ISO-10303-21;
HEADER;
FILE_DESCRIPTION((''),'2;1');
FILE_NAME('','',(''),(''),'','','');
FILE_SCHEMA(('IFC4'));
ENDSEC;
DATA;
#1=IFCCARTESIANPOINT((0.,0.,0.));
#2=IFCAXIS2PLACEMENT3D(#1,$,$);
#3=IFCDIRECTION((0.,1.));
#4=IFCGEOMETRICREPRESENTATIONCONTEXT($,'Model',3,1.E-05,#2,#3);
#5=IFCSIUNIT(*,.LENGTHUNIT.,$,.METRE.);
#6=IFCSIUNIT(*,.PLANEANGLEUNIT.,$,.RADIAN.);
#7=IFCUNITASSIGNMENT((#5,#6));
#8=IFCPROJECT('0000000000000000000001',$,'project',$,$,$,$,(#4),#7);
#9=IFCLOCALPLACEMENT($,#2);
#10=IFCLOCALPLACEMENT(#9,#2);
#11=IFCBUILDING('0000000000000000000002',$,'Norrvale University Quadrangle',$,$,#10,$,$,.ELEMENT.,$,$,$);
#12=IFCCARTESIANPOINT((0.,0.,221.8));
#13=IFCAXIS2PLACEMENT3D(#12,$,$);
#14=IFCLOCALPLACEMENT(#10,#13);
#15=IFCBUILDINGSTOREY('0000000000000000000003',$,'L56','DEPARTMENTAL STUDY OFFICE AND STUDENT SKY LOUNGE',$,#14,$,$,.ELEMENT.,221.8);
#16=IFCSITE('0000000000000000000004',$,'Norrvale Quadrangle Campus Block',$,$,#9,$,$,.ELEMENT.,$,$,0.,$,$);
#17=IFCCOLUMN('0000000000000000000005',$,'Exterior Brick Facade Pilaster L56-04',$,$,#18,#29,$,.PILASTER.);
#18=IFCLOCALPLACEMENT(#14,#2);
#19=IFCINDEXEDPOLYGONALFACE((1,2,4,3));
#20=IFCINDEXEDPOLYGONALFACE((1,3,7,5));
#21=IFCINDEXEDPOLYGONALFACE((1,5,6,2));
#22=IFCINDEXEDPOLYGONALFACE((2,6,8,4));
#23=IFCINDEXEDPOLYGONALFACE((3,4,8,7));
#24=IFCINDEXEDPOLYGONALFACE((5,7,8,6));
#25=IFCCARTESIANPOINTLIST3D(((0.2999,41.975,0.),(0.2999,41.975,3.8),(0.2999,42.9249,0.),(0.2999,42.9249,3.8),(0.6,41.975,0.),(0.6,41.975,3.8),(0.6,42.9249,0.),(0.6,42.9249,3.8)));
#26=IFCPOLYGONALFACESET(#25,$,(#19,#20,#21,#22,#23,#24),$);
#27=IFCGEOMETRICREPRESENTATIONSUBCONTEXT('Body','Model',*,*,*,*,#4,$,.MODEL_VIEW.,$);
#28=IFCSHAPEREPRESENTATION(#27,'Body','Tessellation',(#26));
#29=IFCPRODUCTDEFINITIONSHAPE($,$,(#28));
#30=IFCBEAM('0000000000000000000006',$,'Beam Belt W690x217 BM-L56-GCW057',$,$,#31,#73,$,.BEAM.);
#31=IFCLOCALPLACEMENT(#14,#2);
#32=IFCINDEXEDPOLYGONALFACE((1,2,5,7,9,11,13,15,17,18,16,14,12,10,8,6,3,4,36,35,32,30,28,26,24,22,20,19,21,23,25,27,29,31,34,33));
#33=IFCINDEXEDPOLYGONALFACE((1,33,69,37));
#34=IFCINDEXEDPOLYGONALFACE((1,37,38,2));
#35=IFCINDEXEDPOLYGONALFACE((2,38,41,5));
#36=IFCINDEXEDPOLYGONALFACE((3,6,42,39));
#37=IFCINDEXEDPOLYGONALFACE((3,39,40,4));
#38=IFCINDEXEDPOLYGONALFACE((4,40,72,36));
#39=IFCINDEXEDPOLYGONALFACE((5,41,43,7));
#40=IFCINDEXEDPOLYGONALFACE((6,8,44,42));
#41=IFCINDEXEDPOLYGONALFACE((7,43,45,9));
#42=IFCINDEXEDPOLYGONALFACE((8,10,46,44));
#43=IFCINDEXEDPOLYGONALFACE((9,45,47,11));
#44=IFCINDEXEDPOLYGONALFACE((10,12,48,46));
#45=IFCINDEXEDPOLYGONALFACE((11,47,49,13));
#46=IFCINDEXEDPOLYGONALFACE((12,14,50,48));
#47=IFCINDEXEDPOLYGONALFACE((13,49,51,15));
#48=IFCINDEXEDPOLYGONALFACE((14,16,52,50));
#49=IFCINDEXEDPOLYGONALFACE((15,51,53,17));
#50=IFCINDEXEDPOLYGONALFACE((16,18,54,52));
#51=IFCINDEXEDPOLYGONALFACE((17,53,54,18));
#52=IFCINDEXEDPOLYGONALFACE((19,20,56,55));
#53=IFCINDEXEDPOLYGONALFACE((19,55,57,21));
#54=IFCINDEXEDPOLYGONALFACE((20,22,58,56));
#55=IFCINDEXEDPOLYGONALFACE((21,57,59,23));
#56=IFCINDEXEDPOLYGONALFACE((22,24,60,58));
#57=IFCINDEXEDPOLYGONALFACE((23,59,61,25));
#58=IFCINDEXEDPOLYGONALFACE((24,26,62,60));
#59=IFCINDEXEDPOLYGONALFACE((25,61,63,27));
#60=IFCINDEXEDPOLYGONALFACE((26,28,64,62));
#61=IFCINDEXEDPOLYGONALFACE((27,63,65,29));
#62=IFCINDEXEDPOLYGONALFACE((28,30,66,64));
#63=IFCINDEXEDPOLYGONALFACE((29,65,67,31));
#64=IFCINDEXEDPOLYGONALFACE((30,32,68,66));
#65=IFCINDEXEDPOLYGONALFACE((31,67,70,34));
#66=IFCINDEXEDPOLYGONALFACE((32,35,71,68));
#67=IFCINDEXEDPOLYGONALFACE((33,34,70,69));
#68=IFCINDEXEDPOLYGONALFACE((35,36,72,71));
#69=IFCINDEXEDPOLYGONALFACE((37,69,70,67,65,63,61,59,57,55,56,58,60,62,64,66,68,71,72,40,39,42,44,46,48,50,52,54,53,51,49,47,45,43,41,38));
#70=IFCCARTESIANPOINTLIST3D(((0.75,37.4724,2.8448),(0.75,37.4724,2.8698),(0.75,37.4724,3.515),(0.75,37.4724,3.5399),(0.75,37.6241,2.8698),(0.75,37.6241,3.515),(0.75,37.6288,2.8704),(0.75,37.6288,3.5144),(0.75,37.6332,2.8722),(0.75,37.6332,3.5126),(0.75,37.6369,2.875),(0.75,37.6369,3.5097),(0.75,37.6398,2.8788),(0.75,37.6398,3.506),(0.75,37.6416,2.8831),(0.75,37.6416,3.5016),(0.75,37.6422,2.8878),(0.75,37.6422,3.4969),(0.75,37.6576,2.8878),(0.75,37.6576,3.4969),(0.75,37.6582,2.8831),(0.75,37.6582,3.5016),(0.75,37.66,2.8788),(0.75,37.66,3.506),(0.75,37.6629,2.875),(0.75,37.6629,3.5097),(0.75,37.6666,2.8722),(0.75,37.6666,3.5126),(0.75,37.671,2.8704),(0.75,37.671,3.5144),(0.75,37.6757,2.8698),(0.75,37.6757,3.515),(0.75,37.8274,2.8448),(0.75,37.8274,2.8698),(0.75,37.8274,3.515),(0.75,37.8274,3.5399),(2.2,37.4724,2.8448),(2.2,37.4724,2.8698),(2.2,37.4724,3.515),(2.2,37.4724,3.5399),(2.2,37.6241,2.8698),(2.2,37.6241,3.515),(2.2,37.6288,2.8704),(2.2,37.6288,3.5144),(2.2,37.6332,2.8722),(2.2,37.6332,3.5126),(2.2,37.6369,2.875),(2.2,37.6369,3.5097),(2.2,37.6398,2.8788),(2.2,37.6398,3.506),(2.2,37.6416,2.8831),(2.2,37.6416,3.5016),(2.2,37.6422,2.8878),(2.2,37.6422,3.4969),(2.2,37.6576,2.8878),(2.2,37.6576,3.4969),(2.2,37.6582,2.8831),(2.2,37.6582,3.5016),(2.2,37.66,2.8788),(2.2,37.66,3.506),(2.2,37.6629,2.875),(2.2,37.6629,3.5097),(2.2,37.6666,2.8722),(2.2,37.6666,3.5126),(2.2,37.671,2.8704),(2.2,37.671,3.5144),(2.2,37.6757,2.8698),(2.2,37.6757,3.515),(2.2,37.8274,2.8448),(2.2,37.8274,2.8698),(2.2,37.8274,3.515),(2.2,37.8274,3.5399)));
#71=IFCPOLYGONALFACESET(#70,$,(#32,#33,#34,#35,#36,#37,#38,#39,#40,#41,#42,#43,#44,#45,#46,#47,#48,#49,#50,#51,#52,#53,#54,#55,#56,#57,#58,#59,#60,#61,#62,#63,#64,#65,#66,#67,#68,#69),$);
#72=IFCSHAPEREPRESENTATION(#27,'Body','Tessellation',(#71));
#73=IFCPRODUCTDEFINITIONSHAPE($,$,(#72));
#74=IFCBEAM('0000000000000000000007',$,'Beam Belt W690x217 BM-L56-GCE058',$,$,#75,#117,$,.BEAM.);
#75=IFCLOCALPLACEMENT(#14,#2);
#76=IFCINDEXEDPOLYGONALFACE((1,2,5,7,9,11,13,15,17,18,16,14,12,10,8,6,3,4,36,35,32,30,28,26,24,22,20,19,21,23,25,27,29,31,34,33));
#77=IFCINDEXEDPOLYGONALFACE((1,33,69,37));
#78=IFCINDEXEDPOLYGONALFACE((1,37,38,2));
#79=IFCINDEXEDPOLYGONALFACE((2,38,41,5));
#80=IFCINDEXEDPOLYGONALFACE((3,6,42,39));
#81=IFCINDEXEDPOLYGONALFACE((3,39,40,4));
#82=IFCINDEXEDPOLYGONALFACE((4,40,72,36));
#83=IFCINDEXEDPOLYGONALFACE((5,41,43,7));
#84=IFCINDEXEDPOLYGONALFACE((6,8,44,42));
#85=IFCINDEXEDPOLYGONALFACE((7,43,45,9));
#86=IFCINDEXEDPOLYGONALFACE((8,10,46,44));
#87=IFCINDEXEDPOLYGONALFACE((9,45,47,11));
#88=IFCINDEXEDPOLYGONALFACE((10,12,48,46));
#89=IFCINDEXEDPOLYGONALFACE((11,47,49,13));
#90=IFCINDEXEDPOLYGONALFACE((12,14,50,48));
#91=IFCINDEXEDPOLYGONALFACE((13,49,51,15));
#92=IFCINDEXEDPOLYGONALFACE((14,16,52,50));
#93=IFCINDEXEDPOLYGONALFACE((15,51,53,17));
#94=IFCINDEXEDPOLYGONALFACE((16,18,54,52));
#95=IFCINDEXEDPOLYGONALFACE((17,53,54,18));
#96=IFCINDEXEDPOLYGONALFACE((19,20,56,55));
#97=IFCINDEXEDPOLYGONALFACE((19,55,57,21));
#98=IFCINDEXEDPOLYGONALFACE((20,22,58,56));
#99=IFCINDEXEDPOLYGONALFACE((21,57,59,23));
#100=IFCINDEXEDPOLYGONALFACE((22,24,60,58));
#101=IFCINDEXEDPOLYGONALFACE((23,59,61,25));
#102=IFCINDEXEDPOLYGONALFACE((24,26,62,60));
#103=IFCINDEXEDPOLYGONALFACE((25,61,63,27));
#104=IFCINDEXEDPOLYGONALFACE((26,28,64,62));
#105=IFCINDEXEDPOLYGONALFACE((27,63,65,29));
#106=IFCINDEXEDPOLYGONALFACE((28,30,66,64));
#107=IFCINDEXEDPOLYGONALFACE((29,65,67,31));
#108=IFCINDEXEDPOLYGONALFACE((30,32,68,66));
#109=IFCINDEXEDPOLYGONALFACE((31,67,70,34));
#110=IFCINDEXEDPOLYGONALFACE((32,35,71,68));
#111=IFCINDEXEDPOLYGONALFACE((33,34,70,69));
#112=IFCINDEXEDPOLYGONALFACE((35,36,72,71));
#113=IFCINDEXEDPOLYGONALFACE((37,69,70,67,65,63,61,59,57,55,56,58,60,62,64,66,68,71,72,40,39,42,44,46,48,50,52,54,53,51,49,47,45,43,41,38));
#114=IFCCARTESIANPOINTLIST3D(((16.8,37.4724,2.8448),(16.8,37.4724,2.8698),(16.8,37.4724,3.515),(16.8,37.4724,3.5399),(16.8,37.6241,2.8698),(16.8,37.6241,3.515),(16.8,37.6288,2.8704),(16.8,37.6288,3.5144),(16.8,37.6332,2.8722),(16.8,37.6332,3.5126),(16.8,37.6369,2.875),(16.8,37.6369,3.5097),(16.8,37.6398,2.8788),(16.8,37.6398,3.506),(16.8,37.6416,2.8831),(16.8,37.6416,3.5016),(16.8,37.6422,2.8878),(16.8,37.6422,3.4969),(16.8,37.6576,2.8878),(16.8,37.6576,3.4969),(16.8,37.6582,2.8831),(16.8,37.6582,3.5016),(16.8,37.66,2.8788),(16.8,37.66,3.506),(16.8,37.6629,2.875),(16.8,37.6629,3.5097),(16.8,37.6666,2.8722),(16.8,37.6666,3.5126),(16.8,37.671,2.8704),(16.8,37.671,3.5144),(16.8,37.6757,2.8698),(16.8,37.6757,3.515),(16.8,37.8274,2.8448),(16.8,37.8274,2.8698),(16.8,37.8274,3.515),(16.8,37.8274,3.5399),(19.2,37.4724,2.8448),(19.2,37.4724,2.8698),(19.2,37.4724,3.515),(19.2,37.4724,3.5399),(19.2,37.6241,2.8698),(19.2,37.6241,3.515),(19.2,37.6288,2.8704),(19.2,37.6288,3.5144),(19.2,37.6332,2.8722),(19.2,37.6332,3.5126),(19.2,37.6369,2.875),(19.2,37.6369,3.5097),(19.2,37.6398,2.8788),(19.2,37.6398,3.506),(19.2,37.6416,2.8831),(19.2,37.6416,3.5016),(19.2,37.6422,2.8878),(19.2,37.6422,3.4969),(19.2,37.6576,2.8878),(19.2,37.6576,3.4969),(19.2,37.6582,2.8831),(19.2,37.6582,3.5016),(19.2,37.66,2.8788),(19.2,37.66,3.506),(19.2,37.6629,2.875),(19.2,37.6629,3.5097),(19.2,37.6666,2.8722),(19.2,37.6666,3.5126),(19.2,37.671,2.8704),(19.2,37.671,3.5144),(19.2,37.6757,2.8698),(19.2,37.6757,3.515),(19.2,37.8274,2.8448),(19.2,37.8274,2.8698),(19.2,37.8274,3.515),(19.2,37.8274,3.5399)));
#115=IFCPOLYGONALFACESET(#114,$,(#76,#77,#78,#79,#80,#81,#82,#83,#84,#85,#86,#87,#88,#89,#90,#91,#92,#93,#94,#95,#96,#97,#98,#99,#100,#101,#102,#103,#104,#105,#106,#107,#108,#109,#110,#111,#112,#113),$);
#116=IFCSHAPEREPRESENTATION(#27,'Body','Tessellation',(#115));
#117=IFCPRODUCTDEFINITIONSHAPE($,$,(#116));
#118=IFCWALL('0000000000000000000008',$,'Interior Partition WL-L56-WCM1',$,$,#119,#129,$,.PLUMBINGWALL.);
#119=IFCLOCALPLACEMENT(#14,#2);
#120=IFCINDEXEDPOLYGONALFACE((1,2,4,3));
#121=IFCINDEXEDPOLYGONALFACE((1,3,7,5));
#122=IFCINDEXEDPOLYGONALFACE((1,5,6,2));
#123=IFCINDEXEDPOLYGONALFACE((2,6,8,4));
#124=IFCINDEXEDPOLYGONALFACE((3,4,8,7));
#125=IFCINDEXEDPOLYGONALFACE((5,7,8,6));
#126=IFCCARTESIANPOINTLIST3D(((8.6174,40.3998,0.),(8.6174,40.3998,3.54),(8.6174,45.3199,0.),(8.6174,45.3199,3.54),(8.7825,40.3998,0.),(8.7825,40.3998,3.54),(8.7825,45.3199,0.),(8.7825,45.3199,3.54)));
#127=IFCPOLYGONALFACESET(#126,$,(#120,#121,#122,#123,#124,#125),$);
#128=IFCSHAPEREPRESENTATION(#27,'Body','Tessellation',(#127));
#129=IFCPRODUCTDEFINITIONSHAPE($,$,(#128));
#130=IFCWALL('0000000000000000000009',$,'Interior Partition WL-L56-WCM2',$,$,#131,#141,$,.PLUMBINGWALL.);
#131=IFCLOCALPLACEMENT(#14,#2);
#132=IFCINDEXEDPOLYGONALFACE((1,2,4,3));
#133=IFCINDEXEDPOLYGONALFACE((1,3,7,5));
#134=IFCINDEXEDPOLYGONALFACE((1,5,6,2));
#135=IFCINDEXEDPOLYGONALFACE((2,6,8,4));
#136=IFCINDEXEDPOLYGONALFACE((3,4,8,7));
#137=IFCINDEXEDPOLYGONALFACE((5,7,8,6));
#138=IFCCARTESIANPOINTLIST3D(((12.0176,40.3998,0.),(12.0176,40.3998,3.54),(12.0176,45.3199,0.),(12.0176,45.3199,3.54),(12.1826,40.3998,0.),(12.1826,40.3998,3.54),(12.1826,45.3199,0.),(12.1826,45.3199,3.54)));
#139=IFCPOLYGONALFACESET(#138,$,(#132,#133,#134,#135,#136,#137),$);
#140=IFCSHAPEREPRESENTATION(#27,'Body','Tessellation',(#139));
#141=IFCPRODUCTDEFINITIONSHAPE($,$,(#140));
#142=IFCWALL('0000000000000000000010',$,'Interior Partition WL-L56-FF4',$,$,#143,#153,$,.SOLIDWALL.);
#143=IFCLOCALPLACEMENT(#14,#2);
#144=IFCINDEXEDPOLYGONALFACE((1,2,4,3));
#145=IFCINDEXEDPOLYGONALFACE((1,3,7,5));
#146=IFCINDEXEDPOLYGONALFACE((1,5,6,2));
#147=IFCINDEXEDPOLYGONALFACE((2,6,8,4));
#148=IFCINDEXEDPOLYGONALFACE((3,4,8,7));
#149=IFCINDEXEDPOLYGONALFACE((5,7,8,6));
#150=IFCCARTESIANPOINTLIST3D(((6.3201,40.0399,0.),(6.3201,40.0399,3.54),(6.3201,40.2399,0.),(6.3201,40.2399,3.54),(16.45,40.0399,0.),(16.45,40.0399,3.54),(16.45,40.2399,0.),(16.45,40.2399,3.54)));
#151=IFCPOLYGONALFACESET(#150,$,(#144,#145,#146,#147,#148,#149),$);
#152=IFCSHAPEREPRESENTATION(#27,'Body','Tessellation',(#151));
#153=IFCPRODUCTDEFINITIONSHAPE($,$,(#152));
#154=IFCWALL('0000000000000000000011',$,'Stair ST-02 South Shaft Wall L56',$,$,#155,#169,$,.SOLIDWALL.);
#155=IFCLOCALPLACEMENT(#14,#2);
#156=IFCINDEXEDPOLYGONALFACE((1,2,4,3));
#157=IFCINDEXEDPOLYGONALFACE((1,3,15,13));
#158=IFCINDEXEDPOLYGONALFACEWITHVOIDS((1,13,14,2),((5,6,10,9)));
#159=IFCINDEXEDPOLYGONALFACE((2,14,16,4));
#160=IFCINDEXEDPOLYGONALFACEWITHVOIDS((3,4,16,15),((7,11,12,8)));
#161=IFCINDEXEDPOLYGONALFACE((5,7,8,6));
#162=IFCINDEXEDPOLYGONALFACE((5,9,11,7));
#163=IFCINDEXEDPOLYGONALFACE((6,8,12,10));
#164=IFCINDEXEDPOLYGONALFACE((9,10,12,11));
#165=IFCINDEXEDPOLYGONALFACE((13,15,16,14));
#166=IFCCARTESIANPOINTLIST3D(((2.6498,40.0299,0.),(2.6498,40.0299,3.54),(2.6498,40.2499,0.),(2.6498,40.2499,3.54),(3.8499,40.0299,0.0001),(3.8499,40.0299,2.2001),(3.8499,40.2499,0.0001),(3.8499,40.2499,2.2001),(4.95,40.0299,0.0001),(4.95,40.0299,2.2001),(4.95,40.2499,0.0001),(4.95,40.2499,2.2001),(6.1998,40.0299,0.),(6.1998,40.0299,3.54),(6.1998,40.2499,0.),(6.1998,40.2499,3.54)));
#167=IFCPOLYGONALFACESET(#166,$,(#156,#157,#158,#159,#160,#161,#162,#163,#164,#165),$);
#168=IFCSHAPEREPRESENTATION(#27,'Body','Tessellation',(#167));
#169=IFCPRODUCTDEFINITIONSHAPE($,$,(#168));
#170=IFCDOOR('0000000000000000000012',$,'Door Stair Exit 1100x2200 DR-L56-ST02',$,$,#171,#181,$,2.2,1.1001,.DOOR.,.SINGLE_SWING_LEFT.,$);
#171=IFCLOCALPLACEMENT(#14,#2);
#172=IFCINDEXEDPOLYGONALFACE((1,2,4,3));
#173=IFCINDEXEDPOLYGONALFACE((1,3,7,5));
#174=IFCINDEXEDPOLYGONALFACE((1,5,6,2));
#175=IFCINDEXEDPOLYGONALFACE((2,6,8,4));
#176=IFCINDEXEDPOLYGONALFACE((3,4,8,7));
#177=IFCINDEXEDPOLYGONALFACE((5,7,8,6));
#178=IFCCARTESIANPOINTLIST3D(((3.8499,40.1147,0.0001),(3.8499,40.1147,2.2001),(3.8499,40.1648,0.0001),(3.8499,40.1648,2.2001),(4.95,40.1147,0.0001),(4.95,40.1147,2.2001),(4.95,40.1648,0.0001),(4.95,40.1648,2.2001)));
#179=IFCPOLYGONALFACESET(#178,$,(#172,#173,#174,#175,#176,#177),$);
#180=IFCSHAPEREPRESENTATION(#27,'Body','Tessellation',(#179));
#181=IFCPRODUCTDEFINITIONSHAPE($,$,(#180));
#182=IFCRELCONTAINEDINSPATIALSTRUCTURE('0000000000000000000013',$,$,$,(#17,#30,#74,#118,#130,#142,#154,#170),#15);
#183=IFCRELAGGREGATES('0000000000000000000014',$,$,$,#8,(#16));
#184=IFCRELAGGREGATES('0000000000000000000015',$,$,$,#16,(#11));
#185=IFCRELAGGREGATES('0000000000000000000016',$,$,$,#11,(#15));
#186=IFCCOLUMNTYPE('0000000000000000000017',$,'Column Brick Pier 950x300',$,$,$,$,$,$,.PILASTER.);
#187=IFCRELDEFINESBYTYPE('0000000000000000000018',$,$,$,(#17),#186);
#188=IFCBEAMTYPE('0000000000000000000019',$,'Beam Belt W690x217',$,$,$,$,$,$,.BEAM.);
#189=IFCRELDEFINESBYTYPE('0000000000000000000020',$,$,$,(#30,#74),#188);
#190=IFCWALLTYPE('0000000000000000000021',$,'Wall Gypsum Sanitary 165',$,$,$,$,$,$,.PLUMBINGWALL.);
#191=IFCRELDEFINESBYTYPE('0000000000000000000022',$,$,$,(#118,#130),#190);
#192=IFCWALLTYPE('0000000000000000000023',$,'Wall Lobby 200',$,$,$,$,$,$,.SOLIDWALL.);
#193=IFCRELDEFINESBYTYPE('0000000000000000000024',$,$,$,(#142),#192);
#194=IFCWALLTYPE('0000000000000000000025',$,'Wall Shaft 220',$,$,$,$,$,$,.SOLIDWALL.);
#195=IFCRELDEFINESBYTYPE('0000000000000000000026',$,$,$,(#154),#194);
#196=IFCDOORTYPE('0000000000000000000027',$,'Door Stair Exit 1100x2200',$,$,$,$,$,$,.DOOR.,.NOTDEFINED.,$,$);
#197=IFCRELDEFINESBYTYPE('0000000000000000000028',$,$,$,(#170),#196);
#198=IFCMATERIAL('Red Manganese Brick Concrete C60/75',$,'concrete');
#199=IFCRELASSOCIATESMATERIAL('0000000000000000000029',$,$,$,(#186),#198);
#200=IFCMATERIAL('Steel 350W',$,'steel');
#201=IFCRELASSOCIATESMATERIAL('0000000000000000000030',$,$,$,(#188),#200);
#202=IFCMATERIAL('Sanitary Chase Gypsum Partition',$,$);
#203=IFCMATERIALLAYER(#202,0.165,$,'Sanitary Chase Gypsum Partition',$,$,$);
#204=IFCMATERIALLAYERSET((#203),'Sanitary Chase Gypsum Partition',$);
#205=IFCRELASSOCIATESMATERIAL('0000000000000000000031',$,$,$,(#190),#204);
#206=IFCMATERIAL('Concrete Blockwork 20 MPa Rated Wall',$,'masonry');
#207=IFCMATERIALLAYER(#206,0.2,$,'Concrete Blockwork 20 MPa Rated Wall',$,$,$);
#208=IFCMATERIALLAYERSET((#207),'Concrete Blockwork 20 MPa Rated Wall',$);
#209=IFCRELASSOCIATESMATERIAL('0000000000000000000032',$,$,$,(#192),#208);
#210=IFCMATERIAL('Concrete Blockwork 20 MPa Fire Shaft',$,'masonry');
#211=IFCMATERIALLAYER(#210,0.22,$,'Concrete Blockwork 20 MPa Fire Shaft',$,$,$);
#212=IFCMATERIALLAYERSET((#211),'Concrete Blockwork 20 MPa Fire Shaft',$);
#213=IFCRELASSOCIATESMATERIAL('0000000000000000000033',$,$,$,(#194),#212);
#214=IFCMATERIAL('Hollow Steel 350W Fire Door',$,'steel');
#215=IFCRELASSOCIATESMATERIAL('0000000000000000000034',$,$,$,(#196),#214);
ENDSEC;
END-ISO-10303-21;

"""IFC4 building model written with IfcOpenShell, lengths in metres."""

from ifc_helpers import new_model, si_unit, direction, frame, frame_2d, origin, origin_2d, place, context, subcontext, project, spatial, rectangle, i_section, extrude, material, layer, layer_set, material_profile, profile_set, type_object, element, fill, save


model = new_model("IFC4")

# Units and contexts
model_context = context("Model", 3, precision=1e-05, world=origin(), true_north=direction((0.0, 1.0)))
body_context = subcontext(model_context, "Body", "Model", "MODEL_VIEW")
ifc_project = project(units=[si_unit("LENGTHUNIT", "METRE"), si_unit("PLANEANGLEUNIT", "RADIAN")], contexts=[model_context])

# Site, building, storey
site_placement = place(None, origin())
site = spatial("IfcSite", under=ifc_project, at=site_placement, Name="Norrvale Quadrangle Campus Block", CompositionType="ELEMENT", RefElevation=0.0)
building_placement = place(site_placement, origin())
building = spatial("IfcBuilding", under=site, at=building_placement, Name="Norrvale University Quadrangle", CompositionType="ELEMENT")
storey_placement = place(building_placement, frame((0.0, 0.0, 221.8)))
storey = spatial("IfcBuildingStorey", under=building, at=storey_placement, Name="L56", Description="DEPARTMENTAL STUDY OFFICE AND STUDENT SKY LOUNGE", CompositionType="ELEMENT", Elevation=221.8)

# Column
ifc_material_1 = material(Name="Red Manganese Brick Concrete C60/75", Category="concrete")
ifc_material_profile_1 = material_profile(ifc_material_1, rectangle(XDim=0.95, YDim=0.3, at=origin_2d()), Name="Red Manganese Brick Concrete C60/75")
ifc_profile_set_1 = profile_set([ifc_material_profile_1], Name="Red Manganese Brick Concrete C60/75")
column_type = type_object("IfcColumnType", Name="Column Brick Pier 950x300", PredefinedType="PILASTER", material=ifc_profile_set_1)
column_placement = place(storey_placement, frame((0.45, 42.45, 0.0), z_axis=(0.0, 0.0, 1.0), x_axis=(0.0, 1.0, 0.0)))
element("IfcColumn", 1, at=column_placement, inside=storey, type_object=column_type, Name="Exterior Brick Facade Pilaster L56-04", PredefinedType="PILASTER", context=body_context, shape_type="SweptSolid", body=[
    extrude(rectangle(XDim=0.95, YDim=0.3, at=origin_2d()), origin(), (0.0, 0.0, 1.0), 3.8),
])

# Beams
ifc_material_2 = material(Name="Steel 350W", Category="steel")
ifc_material_profile_2 = material_profile(ifc_material_2, i_section(OverallWidth=0.355, OverallDepth=0.6951, WebThickness=0.0154, FlangeThickness=0.0249, FilletRadius=0.0181, at=origin_2d()), Name="Steel 350W")
ifc_profile_set_2 = profile_set([ifc_material_profile_2], Name="Steel 350W")
beam_type = type_object("IfcBeamType", Name="Beam Belt W690x217", PredefinedType="BEAM", material=ifc_profile_set_2)
beam_1_placement = place(storey_placement, frame((0.75, 37.6499, 3.1924), z_axis=(1.0, 0.0, 0.0), x_axis=(0.0, 1.0, 0.0)))
element("IfcBeam", 2, at=beam_1_placement, inside=storey, type_object=beam_type, Name="Beam Belt W690x217 BM-L56-GCW057", PredefinedType="BEAM", context=body_context, shape_type="SweptSolid", body=[
    extrude(i_section(OverallWidth=0.355, OverallDepth=0.6951, WebThickness=0.0154, FlangeThickness=0.0249, FilletRadius=0.0181, at=origin_2d()), origin(), (0.0, 0.0, 1.0), 1.45),
])
beam_2_placement = place(storey_placement, frame((16.8, 37.6499, 3.1924), z_axis=(1.0, 0.0, 0.0), x_axis=(0.0, 1.0, 0.0)))
element("IfcBeam", 3, at=beam_2_placement, inside=storey, type_object=beam_type, Name="Beam Belt W690x217 BM-L56-GCE058", PredefinedType="BEAM", context=body_context, shape_type="SweptSolid", body=[
    extrude(i_section(OverallWidth=0.355, OverallDepth=0.6951, WebThickness=0.0154, FlangeThickness=0.0249, FilletRadius=0.0181, at=origin_2d()), origin(), (0.0, 0.0, 1.0), 2.3999),
])

# Walls
ifc_material_3 = material(Name="Sanitary Chase Gypsum Partition")
ifc_layer_1 = layer(ifc_material_3, 0.165, Name="Sanitary Chase Gypsum Partition")
ifc_layer_set_1 = layer_set([ifc_layer_1], Name="Sanitary Chase Gypsum Partition")
wall_type_1 = type_object("IfcWallType", Name="Wall Gypsum Sanitary 165", PredefinedType="PLUMBINGWALL", material=ifc_layer_set_1)
for number, where, z_axis, x_axis, name in (
    (4, (8.7, 40.3999, 0.0), (0.0, 0.0, 1.0), (0.0, 1.0, 0.0), "Interior Partition WL-L56-WCM1"),
    (5, (12.1001, 40.3999, 0.0), (0.0, 0.0, 1.0), (0.0, 1.0, 0.0), "Interior Partition WL-L56-WCM2"),
):
    element("IfcWall", number, at=place(storey_placement, frame(where, z_axis=z_axis, x_axis=x_axis)), inside=storey, type_object=wall_type_1, Name=name, PredefinedType="PLUMBINGWALL", context=body_context, shape_type="SweptSolid", body=[
        extrude(rectangle(XDim=4.9202, YDim=0.165, at=frame_2d((2.46, 0.0))), origin(), (0.0, 0.0, 1.0), 3.54),
    ])
ifc_material_4 = material(Name="Concrete Blockwork 20 MPa Rated Wall", Category="masonry")
ifc_layer_2 = layer(ifc_material_4, 0.2, Name="Concrete Blockwork 20 MPa Rated Wall")
ifc_layer_set_2 = layer_set([ifc_layer_2], Name="Concrete Blockwork 20 MPa Rated Wall")
wall_type_2 = type_object("IfcWallType", Name="Wall Lobby 200", PredefinedType="SOLIDWALL", material=ifc_layer_set_2)
wall_1_placement = place(storey_placement, frame((6.3201, 40.1399, 0.0), z_axis=(0.0, 0.0, 1.0), x_axis=(1.0, 0.0, 0.0)))
element("IfcWall", 6, at=wall_1_placement, inside=storey, type_object=wall_type_2, Name="Interior Partition WL-L56-FF4", PredefinedType="SOLIDWALL", context=body_context, shape_type="SweptSolid", body=[
    extrude(rectangle(XDim=10.1299, YDim=0.2, at=frame_2d((5.0649, 0.0))), origin(), (0.0, 0.0, 1.0), 3.54),
])

# Wall, opening, door
ifc_material_5 = material(Name="Concrete Blockwork 20 MPa Fire Shaft", Category="masonry")
ifc_layer_3 = layer(ifc_material_5, 0.22, Name="Concrete Blockwork 20 MPa Fire Shaft")
ifc_layer_set_3 = layer_set([ifc_layer_3], Name="Concrete Blockwork 20 MPa Fire Shaft")
wall_type_3 = type_object("IfcWallType", Name="Wall Shaft 220", PredefinedType="SOLIDWALL", material=ifc_layer_set_3)
wall_2_placement = place(storey_placement, frame((2.6499, 40.1399, 0.0), z_axis=(0.0, 0.0, 1.0), x_axis=(1.0, 0.0, 0.0)))
wall_2 = element("IfcWall", 7, at=wall_2_placement, inside=storey, type_object=wall_type_3, Name="Stair ST-02 South Shaft Wall L56", PredefinedType="SOLIDWALL", context=body_context, shape_type="SweptSolid", body=[
    extrude(rectangle(XDim=3.55, YDim=0.22, at=frame_2d((1.7749, 0.0))), origin(), (0.0, 0.0, 1.0), 3.54),
])
opening_placement = place(wall_2_placement, frame((1.2, 0.0, 0.0)))
opening = element("IfcOpeningElement", 8, at=opening_placement, cuts=wall_2, PredefinedType="OPENING", context=body_context, shape_type="SweptSolid", body=[
    extrude(rectangle(XDim=1.1001, YDim=2.2, at=frame_2d((0.55, 1.1001))), frame((0.0, 0.1221, 0.0), z_axis=(0.0, -1.0, 0.0), x_axis=(1.0, 0.0, 0.0)), (0.0, 0.0, 1.0), 0.2439),
])
ifc_material_6 = material(Name="Hollow Steel 350W Fire Door", Category="steel")
door_type = type_object("IfcDoorType", Name="Door Stair Exit 1100x2200", OperationType="NOTDEFINED", PredefinedType="DOOR", material=ifc_material_6)
door_placement = place(opening_placement, origin())
door = element("IfcDoor", 9, at=door_placement, inside=storey, type_object=door_type, Name="Door Stair Exit 1100x2200 DR-L56-ST02", OperationType="SINGLE_SWING_LEFT", OverallHeight=2.2, OverallWidth=1.1001, PredefinedType="DOOR", context=body_context, shape_type="SweptSolid", body=[
    extrude(rectangle(XDim=1.1001, YDim=2.2, at=frame_2d((0.55, 1.1001))), frame((0.0, 0.0249, 0.0), z_axis=(0.0, -1.0, 0.0), x_axis=(1.0, 0.0, 0.0)), (0.0, 0.0, 1.0), 0.05),
])
fill(opening, door)

save(model, "model.ifc")
